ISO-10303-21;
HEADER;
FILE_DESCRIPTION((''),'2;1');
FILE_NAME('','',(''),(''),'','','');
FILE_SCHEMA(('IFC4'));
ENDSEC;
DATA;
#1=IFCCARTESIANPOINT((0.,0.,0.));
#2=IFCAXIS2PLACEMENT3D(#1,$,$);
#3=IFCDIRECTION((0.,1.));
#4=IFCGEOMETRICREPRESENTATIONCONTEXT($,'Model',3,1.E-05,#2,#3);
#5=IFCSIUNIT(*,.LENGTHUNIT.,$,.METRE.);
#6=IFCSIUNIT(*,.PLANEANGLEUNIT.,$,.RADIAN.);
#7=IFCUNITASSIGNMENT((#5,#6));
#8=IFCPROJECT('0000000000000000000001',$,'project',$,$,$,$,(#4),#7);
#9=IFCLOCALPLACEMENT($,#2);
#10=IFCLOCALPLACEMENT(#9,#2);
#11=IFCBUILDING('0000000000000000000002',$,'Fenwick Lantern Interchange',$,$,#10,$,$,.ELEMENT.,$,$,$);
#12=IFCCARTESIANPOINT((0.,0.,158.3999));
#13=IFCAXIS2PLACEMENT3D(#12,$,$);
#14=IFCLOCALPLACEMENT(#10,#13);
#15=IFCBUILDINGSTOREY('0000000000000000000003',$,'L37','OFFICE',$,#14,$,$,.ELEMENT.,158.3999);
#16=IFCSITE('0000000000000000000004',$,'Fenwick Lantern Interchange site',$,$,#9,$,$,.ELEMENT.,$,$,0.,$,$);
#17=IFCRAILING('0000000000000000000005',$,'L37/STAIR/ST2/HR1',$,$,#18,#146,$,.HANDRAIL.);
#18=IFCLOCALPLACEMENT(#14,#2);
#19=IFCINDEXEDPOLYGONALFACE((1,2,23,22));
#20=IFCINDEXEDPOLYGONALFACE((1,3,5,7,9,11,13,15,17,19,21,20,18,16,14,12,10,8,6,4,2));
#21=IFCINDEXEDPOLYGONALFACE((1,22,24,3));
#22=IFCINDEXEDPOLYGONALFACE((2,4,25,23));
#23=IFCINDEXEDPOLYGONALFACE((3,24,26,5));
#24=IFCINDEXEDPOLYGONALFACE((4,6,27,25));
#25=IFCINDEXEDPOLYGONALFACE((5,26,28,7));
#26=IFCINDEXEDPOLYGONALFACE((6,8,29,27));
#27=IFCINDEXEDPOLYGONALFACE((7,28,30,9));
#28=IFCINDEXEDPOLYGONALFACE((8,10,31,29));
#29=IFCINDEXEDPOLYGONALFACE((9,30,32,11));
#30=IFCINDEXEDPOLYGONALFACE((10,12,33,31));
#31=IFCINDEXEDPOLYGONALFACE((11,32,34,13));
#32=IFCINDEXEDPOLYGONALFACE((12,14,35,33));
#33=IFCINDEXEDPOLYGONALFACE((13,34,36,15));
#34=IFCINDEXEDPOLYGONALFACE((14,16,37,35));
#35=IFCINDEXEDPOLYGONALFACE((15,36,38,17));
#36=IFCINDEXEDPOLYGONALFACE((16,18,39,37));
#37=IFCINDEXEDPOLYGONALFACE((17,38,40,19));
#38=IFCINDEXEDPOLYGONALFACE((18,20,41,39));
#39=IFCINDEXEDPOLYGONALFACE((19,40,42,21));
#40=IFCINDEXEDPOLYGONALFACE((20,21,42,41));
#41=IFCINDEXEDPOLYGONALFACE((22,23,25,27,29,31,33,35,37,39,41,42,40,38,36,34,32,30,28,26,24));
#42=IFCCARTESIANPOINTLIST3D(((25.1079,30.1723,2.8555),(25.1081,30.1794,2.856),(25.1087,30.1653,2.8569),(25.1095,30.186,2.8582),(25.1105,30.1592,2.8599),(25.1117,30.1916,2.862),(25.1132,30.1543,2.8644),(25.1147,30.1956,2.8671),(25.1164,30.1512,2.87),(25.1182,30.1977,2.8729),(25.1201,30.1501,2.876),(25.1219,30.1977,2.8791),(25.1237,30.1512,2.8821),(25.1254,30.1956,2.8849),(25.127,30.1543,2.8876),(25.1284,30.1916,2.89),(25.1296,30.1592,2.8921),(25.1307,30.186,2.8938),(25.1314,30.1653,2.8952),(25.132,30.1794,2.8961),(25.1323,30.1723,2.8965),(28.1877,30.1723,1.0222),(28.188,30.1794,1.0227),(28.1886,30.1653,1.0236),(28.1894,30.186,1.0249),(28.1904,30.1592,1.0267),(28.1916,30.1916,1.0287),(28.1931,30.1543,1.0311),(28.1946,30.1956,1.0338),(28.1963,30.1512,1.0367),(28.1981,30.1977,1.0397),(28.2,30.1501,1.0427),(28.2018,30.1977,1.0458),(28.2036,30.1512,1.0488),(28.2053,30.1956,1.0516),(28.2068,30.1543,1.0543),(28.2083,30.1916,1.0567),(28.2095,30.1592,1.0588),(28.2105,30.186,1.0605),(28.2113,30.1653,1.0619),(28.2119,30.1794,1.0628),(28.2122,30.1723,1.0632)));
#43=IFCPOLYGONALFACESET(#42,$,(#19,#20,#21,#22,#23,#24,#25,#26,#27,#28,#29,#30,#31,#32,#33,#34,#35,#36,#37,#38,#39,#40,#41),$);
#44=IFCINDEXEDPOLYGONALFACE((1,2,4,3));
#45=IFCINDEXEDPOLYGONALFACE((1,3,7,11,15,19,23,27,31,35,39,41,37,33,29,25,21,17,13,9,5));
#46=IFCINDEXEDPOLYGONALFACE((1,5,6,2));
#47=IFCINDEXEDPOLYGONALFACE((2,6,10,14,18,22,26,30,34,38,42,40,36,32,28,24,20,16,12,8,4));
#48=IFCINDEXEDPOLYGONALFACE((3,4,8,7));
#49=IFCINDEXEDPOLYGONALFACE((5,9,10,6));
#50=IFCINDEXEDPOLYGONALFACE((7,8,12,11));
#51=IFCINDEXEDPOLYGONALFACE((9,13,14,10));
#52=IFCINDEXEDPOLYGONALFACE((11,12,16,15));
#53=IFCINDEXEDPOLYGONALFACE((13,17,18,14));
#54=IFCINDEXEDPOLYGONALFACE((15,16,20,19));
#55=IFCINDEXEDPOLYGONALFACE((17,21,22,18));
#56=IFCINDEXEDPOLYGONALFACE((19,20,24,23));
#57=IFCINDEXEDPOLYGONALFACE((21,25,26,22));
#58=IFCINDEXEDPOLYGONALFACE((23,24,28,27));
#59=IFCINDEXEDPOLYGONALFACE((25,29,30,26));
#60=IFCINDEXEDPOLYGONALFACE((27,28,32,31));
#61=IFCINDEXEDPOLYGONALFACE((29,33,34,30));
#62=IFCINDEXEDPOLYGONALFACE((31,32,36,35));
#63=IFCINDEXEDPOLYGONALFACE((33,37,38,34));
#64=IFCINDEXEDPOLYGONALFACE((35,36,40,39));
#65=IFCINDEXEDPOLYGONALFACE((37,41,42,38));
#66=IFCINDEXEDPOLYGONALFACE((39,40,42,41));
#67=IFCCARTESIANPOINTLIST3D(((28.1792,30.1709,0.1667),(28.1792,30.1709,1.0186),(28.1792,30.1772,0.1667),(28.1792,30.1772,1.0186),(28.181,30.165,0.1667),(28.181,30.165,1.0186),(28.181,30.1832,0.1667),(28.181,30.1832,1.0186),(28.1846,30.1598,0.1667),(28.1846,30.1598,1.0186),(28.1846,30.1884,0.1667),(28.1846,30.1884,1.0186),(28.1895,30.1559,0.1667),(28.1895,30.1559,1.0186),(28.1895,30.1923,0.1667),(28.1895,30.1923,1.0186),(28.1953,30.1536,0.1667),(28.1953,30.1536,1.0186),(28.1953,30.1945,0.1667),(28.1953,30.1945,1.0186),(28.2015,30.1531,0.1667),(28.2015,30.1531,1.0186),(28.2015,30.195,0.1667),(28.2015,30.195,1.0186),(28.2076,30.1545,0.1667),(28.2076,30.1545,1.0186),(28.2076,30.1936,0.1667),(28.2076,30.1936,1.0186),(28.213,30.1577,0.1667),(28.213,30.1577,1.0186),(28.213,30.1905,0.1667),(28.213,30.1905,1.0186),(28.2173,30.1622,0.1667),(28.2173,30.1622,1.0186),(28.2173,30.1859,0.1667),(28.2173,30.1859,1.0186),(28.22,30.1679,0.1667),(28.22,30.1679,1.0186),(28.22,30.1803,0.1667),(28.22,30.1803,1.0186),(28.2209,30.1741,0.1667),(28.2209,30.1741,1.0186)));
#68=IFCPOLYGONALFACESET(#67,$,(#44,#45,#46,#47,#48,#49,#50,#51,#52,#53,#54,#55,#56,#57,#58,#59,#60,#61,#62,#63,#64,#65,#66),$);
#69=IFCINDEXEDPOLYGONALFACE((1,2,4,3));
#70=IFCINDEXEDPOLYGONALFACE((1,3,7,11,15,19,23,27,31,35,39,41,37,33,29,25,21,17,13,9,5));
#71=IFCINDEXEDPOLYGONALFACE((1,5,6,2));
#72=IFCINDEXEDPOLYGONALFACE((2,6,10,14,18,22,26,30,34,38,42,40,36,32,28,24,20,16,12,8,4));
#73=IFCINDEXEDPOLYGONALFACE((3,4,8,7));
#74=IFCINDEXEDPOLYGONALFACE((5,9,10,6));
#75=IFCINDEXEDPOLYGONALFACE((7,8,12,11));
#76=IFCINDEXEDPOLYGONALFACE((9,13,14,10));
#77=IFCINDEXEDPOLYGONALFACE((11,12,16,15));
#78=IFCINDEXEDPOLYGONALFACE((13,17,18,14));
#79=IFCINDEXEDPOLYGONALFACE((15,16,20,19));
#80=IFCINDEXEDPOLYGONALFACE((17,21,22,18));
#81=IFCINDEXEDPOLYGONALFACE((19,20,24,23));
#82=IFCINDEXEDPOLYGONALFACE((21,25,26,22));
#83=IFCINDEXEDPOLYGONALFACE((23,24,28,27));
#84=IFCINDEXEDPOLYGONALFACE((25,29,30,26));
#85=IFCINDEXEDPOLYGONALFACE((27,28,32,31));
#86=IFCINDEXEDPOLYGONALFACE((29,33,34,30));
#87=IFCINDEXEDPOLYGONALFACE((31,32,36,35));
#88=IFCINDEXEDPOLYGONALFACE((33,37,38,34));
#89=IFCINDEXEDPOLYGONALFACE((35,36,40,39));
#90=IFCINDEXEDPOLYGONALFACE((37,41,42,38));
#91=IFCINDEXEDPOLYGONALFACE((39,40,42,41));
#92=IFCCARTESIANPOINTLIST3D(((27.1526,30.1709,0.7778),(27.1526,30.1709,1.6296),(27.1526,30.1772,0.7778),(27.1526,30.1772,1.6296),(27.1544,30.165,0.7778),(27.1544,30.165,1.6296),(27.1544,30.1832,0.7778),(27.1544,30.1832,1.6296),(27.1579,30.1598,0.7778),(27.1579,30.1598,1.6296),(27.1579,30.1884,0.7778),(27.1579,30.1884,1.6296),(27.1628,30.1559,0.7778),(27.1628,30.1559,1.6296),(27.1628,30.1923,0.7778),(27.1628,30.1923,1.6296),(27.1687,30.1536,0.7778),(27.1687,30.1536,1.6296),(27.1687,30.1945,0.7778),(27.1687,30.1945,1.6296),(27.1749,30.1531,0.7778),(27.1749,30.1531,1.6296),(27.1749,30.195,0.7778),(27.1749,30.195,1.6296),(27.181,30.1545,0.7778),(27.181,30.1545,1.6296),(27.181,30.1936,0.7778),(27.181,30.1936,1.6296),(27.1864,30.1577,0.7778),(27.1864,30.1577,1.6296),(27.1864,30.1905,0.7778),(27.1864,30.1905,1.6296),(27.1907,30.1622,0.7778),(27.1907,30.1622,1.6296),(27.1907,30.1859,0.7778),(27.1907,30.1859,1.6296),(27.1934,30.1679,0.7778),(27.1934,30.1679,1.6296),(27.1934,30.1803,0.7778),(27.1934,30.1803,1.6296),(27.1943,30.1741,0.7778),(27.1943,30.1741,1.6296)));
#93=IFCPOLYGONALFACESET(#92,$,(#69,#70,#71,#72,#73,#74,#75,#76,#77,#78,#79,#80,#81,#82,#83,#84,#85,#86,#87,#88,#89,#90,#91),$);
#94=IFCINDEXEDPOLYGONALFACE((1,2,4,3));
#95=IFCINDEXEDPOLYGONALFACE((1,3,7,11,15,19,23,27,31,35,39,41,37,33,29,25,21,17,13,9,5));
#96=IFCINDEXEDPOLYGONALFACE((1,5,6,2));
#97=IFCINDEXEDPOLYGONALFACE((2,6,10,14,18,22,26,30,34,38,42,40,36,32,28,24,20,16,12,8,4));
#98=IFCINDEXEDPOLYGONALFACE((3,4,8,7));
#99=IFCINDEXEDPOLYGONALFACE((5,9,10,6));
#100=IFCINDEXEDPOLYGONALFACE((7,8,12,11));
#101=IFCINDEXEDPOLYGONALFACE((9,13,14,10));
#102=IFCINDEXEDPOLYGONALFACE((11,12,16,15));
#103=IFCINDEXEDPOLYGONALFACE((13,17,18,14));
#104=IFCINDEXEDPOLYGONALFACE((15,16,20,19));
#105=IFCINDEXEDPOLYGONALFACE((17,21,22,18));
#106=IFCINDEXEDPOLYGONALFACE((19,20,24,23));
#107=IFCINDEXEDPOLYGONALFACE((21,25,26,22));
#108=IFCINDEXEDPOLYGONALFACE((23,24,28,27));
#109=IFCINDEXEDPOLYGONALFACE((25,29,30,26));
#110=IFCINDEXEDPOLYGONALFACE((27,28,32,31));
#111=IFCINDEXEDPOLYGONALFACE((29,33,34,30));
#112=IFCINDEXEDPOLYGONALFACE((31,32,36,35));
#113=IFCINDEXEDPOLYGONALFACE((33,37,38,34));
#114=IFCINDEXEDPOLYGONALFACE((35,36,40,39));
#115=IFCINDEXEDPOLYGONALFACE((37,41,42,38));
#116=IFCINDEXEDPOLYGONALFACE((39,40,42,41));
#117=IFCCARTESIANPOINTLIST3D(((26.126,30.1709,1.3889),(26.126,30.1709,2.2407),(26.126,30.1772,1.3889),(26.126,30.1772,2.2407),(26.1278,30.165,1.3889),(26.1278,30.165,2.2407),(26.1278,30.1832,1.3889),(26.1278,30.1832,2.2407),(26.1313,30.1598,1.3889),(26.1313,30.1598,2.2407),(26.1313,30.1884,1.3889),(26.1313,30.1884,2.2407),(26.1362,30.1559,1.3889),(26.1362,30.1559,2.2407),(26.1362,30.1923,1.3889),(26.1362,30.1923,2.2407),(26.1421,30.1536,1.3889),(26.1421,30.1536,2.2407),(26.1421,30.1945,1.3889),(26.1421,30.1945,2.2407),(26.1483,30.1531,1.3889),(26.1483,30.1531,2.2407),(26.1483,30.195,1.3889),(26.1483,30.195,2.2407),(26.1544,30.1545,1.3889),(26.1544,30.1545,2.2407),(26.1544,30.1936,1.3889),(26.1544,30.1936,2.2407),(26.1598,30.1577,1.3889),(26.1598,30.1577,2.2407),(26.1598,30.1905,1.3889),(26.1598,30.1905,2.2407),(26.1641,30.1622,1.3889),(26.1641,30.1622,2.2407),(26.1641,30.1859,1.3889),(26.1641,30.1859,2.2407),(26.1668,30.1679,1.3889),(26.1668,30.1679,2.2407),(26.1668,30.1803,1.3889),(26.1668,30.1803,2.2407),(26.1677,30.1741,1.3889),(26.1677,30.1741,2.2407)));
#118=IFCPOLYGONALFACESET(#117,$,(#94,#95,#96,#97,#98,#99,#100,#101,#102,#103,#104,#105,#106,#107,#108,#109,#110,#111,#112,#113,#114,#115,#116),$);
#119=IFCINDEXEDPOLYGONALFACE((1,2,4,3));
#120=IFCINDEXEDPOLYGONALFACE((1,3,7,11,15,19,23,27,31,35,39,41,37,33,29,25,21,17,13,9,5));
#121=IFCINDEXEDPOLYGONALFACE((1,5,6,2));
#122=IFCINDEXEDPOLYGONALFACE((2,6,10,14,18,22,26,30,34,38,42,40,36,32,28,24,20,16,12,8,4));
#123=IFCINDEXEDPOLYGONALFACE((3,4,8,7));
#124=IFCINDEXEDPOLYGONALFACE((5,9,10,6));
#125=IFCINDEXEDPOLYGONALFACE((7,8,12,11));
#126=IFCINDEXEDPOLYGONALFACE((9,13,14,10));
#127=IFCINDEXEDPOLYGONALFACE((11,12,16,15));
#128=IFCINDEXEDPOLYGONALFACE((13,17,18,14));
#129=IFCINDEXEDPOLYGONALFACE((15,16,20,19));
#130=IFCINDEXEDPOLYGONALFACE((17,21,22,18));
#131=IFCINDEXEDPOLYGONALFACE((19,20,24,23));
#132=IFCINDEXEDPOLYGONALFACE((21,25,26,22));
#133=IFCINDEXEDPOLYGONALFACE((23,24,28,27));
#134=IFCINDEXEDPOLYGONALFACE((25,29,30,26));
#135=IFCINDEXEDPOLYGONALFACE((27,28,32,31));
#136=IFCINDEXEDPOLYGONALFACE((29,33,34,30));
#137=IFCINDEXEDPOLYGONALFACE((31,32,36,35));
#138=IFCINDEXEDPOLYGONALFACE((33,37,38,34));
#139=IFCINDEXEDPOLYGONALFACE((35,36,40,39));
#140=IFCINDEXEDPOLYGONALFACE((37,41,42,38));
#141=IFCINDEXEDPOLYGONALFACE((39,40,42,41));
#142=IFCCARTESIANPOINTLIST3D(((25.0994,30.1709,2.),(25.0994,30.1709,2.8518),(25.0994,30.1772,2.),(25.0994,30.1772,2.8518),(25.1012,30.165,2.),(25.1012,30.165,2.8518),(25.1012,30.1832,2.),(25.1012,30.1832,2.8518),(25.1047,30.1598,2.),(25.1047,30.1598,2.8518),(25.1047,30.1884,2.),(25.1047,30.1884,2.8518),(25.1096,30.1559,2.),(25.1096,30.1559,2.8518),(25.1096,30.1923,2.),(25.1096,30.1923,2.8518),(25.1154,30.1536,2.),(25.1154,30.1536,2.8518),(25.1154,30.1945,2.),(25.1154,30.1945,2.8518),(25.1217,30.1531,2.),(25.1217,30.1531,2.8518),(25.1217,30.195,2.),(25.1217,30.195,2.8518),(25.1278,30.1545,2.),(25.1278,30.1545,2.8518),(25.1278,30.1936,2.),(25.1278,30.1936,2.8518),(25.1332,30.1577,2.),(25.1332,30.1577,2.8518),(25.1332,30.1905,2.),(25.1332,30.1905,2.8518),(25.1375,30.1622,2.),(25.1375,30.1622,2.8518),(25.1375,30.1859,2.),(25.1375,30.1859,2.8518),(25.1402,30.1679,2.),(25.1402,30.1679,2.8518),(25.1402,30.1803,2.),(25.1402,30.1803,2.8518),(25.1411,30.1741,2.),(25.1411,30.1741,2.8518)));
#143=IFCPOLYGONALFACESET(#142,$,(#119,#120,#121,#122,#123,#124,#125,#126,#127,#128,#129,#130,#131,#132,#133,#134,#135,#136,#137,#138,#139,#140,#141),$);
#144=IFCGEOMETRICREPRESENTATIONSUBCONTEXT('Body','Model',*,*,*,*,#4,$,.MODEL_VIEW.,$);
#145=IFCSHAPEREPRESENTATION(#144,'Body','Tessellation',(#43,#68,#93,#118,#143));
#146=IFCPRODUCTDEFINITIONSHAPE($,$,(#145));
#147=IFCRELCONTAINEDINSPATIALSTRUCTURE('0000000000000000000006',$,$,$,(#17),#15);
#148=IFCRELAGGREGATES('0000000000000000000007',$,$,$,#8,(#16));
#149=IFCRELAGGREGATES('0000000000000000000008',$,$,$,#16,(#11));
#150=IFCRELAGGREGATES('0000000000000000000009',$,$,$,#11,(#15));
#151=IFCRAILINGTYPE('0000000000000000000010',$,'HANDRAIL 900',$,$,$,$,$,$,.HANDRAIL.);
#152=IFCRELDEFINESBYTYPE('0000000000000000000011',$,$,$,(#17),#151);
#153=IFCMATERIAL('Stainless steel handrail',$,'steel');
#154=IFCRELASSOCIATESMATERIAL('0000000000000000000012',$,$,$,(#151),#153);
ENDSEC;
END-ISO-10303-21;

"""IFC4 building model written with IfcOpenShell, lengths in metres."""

from ifc_helpers import new_model, si_unit, direction, frame, origin, origin_2d, place, context, subcontext, project, spatial, circle, extrude, material, type_object, element, save


model = new_model("IFC4")

# Units and contexts
model_context = context("Model", 3, precision=1e-05, world=origin(), true_north=direction((0.0, 1.0)))
body_context = subcontext(model_context, "Body", "Model", "MODEL_VIEW")
ifc_project = project(units=[si_unit("LENGTHUNIT", "METRE"), si_unit("PLANEANGLEUNIT", "RADIAN")], contexts=[model_context])

# Site, building, storey
site_placement = place(None, origin())
site = spatial("IfcSite", under=ifc_project, at=site_placement, Name="Fenwick Lantern Interchange site", CompositionType="ELEMENT", RefElevation=0.0)
building_placement = place(site_placement, origin())
building = spatial("IfcBuilding", under=site, at=building_placement, Name="Fenwick Lantern Interchange", CompositionType="ELEMENT")
storey_placement = place(building_placement, frame((0.0, 0.0, 158.3999)))
storey = spatial("IfcBuildingStorey", under=building, at=storey_placement, Name="L37", Description="OFFICE", CompositionType="ELEMENT", Elevation=158.3999)

# Railing
ifc_material_1 = material(Name="Stainless steel handrail", Category="steel")
railing_type = type_object("IfcRailingType", Name="HANDRAIL 900", PredefinedType="HANDRAIL", material=ifc_material_1)
railing_1_placement = place(storey_placement, frame((28.2, 30.1741, 0.1667)))
element("IfcRailing", 1, at=railing_1_placement, inside=storey, type_object=railing_type, Name="L37/STAIR/ST2/HR1", PredefinedType="HANDRAIL", context=body_context, shape_type="SweptSolid", body=[
    extrude(circle(Radius=0.0239, at=origin_2d()), frame((0.0, 0.0, 0.876), z_axis=(-0.859291, 0.0, 0.511487), x_axis=(0.0, -1.0, 0.0)), (0.0, 0.0, 1.0), 3.5842),
    extrude(circle(Radius=0.021, at=origin_2d()), origin(), (0.0, 0.0, 1.0), 0.8518),
    extrude(circle(Radius=0.021, at=origin_2d()), frame((-1.0266, 0.0, 0.6111)), (0.0, 0.0, 1.0), 0.8518),
    extrude(circle(Radius=0.021, at=origin_2d()), frame((-2.0532, 0.0, 1.2222)), (0.0, 0.0, 1.0), 0.8518),
    extrude(circle(Radius=0.021, at=origin_2d()), frame((-3.0798, 0.0, 1.8333)), (0.0, 0.0, 1.0), 0.8518),
])

save(model, "model.ifc")
